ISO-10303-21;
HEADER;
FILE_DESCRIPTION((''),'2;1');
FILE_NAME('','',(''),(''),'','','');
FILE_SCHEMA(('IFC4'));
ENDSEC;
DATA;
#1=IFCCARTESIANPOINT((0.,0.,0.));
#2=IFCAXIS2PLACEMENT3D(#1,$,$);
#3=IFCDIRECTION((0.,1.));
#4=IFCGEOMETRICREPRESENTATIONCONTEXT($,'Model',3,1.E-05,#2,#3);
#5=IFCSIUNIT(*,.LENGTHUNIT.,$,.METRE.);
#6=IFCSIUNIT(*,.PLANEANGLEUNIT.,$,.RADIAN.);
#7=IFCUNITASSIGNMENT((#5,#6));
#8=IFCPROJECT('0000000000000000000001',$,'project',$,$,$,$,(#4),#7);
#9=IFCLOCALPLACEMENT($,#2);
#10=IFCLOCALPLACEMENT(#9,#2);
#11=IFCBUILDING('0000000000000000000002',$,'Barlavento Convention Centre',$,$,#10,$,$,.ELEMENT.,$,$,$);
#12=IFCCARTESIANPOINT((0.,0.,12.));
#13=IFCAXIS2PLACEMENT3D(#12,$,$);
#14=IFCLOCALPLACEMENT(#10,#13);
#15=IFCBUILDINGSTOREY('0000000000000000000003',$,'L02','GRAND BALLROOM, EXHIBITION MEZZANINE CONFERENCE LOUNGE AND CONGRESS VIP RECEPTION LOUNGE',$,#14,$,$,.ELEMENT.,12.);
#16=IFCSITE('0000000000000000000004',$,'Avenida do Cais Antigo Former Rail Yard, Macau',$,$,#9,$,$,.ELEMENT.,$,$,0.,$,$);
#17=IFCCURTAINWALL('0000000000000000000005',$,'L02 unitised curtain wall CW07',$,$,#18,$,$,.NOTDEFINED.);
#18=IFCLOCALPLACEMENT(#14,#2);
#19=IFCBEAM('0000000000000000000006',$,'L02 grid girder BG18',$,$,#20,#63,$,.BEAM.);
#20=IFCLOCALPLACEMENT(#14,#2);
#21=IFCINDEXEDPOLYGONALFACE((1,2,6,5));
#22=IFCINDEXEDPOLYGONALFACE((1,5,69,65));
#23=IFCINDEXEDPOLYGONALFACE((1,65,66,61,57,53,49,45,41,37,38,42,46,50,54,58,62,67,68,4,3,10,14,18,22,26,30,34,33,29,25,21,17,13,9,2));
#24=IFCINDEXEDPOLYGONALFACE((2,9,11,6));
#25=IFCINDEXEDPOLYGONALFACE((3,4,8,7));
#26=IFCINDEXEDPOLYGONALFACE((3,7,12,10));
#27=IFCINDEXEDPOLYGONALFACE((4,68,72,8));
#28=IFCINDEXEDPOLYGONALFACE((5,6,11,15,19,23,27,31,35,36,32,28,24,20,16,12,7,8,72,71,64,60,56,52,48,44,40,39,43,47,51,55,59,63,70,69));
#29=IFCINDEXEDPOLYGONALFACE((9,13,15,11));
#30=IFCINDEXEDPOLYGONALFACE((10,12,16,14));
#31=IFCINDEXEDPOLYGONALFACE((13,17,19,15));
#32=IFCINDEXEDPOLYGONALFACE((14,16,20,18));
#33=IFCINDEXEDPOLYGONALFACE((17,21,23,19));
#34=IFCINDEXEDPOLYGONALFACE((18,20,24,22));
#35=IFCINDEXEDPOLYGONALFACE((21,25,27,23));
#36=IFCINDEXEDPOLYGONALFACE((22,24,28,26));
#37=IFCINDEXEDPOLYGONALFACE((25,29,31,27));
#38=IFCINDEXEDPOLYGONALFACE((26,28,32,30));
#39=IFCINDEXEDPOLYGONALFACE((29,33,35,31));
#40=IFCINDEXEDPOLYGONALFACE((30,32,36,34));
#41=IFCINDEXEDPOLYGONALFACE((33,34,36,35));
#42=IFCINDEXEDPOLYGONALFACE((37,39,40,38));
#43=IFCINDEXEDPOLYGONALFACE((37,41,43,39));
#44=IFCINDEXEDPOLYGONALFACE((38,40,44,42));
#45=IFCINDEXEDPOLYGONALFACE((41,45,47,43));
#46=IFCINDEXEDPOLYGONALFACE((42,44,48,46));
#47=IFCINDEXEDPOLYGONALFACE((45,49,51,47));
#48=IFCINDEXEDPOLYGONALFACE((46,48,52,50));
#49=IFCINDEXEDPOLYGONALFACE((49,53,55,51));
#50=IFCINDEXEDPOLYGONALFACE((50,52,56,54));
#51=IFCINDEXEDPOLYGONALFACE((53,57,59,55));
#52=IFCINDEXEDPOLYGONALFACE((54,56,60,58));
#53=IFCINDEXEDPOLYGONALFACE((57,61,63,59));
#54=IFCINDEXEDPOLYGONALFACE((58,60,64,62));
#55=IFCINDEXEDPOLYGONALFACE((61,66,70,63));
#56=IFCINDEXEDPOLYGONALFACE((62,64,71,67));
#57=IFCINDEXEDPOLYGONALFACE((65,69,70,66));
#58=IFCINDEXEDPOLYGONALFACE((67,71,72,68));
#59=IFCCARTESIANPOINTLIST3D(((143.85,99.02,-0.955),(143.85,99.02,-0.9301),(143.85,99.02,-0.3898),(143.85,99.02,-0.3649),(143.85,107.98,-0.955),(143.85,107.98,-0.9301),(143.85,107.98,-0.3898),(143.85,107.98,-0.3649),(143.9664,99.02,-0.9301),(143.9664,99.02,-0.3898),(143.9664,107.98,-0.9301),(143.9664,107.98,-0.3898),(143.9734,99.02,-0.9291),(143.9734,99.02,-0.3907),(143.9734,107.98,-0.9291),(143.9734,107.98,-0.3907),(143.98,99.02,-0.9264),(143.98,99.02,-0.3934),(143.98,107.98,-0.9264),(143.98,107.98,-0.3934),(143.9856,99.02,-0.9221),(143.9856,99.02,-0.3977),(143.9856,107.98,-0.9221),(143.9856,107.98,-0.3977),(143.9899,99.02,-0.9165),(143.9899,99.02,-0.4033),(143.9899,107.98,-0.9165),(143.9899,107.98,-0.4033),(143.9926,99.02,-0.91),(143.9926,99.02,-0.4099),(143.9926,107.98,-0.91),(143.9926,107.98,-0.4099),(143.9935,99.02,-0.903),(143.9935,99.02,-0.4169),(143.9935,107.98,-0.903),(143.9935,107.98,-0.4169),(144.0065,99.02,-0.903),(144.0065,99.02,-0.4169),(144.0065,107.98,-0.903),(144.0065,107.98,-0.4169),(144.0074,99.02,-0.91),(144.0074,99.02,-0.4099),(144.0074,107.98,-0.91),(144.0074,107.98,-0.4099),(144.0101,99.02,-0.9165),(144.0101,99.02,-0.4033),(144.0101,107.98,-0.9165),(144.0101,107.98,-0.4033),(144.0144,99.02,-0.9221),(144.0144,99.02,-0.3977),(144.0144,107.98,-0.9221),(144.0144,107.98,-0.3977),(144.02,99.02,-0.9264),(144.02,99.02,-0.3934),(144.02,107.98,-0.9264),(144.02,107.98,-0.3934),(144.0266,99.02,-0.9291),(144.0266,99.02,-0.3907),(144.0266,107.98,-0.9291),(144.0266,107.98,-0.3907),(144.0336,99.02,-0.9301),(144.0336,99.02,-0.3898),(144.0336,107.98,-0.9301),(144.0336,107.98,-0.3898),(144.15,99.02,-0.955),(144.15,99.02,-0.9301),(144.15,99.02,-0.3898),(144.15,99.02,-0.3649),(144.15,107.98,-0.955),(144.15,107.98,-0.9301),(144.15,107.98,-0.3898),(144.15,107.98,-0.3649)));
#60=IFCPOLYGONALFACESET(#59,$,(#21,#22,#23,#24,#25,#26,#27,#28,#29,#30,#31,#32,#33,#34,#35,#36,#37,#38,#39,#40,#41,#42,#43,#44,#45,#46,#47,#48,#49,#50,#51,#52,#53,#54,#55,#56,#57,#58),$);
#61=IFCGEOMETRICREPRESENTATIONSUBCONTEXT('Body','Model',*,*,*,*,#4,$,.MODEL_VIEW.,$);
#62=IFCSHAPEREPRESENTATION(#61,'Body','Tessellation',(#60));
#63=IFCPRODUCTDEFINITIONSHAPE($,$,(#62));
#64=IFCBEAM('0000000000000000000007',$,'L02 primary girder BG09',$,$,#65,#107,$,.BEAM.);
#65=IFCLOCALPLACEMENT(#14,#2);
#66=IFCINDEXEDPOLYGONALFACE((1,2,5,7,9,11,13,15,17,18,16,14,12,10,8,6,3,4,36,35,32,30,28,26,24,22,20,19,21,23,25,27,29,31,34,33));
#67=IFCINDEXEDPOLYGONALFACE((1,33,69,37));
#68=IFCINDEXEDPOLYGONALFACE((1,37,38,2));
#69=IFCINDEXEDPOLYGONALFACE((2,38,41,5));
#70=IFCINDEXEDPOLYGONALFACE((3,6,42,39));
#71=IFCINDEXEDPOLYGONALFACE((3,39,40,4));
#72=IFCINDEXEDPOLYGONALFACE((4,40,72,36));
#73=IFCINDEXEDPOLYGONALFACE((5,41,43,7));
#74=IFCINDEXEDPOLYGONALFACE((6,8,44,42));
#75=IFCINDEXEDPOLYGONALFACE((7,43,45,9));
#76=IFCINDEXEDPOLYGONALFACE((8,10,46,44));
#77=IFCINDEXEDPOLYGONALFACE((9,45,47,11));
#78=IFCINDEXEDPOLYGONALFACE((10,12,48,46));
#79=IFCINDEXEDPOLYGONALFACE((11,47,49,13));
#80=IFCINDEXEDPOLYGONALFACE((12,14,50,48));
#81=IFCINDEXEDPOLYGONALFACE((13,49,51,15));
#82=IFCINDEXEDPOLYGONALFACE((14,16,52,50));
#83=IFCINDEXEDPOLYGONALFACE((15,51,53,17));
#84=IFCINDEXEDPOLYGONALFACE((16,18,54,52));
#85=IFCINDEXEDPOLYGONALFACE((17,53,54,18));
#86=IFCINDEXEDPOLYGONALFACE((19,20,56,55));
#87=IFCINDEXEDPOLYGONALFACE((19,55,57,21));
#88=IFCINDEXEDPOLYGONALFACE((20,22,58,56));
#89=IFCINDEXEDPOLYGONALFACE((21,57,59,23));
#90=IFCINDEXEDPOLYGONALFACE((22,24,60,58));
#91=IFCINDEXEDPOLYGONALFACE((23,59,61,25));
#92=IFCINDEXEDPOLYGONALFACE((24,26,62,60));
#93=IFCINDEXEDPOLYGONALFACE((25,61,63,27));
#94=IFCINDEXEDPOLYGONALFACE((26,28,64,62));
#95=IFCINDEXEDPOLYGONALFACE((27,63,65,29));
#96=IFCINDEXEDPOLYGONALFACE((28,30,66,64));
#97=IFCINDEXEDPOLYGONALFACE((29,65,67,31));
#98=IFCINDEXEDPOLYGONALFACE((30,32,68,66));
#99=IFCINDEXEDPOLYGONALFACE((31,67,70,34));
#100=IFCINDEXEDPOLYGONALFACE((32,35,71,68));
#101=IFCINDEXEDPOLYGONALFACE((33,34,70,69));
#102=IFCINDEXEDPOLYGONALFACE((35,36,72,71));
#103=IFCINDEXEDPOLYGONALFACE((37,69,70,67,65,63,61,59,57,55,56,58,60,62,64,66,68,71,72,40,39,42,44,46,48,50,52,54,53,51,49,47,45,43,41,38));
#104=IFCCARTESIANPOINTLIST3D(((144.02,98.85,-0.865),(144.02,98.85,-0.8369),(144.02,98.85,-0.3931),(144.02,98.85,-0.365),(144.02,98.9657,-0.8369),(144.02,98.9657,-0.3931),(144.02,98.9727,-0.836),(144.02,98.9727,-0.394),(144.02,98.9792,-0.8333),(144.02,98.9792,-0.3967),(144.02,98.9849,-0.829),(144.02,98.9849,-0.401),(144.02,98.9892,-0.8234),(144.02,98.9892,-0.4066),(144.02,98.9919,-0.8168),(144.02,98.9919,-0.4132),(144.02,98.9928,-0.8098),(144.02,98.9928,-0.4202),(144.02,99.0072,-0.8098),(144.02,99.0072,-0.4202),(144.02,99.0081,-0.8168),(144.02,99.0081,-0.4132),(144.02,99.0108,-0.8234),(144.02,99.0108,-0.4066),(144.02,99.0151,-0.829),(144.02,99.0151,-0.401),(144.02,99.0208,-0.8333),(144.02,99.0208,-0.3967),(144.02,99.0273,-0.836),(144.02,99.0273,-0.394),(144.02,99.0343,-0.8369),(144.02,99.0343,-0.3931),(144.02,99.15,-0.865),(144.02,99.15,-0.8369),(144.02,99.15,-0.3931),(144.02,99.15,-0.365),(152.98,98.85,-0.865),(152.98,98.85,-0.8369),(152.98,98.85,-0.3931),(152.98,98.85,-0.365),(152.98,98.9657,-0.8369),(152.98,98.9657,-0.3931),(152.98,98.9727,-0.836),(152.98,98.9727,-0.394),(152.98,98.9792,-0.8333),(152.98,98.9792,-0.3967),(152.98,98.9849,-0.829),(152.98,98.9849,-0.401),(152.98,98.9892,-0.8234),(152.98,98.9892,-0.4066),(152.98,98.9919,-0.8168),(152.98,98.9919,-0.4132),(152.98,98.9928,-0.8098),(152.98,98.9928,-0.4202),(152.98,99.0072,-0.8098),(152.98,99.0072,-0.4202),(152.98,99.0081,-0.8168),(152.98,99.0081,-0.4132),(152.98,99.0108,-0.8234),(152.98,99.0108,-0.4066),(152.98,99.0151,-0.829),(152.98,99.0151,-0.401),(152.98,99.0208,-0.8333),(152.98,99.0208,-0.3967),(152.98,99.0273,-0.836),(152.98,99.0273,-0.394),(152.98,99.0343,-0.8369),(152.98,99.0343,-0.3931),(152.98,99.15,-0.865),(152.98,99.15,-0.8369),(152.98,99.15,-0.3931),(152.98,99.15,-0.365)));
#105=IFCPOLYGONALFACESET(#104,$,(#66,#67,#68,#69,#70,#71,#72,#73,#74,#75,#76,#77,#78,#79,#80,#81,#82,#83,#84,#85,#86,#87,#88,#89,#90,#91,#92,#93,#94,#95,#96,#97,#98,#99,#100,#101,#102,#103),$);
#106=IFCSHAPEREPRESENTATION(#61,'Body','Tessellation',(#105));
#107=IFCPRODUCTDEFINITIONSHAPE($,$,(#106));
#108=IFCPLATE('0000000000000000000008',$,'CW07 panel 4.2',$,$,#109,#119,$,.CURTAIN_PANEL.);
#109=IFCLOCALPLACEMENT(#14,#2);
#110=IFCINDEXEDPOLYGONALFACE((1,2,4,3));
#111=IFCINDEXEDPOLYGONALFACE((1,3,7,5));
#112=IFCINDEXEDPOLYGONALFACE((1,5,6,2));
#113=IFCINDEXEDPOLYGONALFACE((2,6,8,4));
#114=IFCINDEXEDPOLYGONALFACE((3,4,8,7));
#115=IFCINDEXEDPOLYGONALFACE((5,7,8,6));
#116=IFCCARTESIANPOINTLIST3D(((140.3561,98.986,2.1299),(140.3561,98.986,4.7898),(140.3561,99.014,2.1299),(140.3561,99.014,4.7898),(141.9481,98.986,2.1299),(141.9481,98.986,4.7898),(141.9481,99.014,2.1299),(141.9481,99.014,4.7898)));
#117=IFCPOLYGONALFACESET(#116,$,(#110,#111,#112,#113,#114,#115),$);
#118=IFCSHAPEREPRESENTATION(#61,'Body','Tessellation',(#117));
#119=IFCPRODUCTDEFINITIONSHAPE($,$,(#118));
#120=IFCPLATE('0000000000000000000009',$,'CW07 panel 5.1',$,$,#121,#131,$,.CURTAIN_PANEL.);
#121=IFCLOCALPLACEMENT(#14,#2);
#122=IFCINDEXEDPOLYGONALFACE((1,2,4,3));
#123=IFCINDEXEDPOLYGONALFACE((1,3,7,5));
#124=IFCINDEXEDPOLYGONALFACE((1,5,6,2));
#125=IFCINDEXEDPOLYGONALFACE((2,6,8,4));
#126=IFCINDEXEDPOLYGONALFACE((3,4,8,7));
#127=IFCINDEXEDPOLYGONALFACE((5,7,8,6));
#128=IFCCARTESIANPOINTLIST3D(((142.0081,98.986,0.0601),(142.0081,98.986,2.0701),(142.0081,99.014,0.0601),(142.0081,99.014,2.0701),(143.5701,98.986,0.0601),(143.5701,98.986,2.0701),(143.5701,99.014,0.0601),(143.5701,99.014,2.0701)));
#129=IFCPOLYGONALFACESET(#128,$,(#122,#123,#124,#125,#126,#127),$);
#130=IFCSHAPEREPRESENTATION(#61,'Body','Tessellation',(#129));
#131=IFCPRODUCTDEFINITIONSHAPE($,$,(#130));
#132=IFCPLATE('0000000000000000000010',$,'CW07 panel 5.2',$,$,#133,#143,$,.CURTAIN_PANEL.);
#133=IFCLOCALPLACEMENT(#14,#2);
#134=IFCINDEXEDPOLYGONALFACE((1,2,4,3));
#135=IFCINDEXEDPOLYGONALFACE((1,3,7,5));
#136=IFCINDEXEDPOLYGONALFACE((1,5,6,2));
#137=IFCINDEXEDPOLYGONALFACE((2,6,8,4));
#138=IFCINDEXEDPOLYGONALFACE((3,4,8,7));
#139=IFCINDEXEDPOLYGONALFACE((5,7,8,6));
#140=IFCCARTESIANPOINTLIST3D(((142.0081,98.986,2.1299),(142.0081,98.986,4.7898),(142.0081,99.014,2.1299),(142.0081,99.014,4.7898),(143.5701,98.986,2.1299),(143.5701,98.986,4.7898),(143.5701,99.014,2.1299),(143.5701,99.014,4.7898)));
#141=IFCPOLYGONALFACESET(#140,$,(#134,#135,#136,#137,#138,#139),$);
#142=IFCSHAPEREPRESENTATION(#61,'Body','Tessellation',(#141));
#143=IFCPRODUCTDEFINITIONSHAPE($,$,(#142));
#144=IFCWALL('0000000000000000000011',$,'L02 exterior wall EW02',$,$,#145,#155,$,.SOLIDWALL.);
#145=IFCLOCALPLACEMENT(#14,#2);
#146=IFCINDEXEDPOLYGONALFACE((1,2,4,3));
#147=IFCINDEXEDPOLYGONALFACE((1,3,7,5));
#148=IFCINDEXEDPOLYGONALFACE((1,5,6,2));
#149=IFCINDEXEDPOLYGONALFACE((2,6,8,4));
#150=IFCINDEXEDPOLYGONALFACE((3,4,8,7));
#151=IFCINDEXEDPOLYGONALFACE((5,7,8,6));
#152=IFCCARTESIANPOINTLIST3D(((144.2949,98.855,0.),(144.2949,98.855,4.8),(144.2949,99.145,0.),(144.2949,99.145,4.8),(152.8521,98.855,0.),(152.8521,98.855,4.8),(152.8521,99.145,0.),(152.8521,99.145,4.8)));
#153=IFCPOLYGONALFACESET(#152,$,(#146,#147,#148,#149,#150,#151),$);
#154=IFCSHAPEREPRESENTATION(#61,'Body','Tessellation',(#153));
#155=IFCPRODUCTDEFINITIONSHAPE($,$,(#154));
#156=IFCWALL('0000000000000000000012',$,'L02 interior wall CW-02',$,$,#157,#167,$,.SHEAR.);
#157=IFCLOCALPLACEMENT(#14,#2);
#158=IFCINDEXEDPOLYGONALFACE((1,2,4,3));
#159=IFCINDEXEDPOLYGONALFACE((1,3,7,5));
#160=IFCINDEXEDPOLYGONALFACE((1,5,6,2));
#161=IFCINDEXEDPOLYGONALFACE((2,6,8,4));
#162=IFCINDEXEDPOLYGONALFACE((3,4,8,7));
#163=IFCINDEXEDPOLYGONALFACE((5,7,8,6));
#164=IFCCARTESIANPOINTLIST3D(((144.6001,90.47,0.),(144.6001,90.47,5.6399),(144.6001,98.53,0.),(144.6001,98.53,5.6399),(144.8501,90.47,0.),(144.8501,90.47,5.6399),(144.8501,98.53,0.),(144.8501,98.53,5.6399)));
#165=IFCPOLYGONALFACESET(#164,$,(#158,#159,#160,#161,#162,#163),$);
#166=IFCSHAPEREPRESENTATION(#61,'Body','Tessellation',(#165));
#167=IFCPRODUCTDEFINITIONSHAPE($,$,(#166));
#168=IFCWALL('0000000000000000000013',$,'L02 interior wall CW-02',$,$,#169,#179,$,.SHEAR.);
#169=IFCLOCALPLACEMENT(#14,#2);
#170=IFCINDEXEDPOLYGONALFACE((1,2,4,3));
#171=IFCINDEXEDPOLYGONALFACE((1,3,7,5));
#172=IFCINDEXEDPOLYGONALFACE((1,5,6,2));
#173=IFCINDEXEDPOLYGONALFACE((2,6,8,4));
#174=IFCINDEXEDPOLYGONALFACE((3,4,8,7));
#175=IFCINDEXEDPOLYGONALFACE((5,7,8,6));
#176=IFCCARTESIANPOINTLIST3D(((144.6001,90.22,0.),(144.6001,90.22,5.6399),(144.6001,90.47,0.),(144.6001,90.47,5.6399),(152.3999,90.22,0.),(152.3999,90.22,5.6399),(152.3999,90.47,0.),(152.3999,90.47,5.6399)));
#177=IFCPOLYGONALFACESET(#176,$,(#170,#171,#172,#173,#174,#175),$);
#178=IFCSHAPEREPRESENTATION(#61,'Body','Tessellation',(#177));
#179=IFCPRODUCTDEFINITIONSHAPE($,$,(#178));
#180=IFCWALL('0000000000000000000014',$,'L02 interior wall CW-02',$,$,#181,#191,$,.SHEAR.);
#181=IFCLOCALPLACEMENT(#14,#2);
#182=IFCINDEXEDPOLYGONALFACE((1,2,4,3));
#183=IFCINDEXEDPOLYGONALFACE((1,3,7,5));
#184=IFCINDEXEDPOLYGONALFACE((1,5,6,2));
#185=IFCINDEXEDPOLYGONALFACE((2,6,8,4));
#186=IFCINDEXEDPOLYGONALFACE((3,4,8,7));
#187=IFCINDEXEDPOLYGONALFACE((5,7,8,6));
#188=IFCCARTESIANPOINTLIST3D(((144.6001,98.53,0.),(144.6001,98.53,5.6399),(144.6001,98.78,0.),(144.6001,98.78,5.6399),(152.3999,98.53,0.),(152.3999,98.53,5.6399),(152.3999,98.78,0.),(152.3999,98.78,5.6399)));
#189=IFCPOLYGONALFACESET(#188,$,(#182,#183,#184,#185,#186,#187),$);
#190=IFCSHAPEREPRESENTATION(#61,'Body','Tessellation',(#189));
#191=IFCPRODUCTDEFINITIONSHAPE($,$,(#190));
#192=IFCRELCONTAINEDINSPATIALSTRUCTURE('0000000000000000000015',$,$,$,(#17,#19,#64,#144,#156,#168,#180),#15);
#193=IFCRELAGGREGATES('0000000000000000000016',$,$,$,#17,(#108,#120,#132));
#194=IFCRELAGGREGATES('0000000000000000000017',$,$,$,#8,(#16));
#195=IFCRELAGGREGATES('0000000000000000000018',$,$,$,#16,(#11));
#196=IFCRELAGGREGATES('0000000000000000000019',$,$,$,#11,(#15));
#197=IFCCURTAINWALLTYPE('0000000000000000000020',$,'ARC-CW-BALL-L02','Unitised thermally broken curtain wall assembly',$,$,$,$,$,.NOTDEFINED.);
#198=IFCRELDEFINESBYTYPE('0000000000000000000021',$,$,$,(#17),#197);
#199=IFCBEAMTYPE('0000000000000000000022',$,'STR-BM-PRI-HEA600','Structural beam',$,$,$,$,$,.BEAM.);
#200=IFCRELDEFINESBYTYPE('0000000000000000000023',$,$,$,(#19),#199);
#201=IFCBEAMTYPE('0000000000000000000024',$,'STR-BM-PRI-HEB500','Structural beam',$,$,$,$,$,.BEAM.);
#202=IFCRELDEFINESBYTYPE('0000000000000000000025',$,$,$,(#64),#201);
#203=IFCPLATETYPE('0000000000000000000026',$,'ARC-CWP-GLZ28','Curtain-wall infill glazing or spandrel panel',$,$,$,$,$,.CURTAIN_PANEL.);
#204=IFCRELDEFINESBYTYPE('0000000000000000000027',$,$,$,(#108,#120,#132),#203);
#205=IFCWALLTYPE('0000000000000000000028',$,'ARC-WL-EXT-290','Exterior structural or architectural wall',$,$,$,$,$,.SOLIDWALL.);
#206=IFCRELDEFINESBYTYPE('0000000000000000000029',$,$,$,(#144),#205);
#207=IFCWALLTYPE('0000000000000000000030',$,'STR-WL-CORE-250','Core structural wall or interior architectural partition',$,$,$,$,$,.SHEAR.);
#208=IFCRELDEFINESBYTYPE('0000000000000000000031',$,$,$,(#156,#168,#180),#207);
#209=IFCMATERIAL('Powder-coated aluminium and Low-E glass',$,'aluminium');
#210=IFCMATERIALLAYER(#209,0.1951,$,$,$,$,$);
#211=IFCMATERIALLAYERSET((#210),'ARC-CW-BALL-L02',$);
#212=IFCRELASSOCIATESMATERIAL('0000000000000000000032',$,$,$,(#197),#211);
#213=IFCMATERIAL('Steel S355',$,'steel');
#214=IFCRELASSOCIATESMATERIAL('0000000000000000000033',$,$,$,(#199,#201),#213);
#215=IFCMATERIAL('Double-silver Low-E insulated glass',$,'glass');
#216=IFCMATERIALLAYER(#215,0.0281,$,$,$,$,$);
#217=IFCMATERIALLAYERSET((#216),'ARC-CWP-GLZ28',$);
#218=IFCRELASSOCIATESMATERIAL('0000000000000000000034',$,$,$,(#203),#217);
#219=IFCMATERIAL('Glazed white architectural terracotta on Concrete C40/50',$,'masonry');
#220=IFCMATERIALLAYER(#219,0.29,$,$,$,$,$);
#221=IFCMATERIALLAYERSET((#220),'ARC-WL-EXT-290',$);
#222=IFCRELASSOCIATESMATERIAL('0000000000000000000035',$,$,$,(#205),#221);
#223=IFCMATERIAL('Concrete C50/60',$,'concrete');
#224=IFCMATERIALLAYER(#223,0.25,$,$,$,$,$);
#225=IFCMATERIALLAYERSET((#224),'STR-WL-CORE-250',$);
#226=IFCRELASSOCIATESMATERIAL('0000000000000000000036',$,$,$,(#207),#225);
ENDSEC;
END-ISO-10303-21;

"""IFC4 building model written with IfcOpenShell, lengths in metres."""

from ifc_helpers import new_model, si_unit, direction, frame, frame_2d, origin, origin_2d, place, context, subcontext, project, spatial, rectangle, i_section, extrude, material, layer, layer_set, material_profile, profile_set, type_object, element, aggregate, save


model = new_model("IFC4")

# Units and contexts
model_context = context("Model", 3, precision=1e-05, world=origin(), true_north=direction((0.0, 1.0)))
body_context = subcontext(model_context, "Body", "Model", "MODEL_VIEW")
ifc_project = project(units=[si_unit("LENGTHUNIT", "METRE"), si_unit("PLANEANGLEUNIT", "RADIAN")], contexts=[model_context])

# Site, building, storey
site_placement = place(None, origin())
site = spatial("IfcSite", under=ifc_project, at=site_placement, Name="Avenida do Cais Antigo Former Rail Yard, Macau", CompositionType="ELEMENT", RefElevation=0.0)
building_placement = place(site_placement, origin())
building = spatial("IfcBuilding", under=site, at=building_placement, Name="Barlavento Convention Centre", CompositionType="ELEMENT")
storey_placement = place(building_placement, frame((0.0, 0.0, 12.0)))
storey = spatial("IfcBuildingStorey", under=building, at=storey_placement, Name="L02", Description="GRAND BALLROOM, EXHIBITION MEZZANINE CONFERENCE LOUNGE AND CONGRESS VIP RECEPTION LOUNGE", CompositionType="ELEMENT", Elevation=12.0)

# Curtain wall
ifc_material_1 = material(Name="Powder-coated aluminium and Low-E glass", Category="aluminium")
ifc_layer_1 = layer(ifc_material_1, 0.1951)
ifc_layer_set_1 = layer_set([ifc_layer_1], Name="ARC-CW-BALL-L02")
curtain_wall_type = type_object("IfcCurtainWallType", Name="ARC-CW-BALL-L02", Description="Unitised thermally broken curtain wall assembly", PredefinedType="NOTDEFINED", material=ifc_layer_set_1)
curtain_wall_placement = place(storey_placement, origin())
curtain_wall = element("IfcCurtainWall", 1, at=curtain_wall_placement, inside=storey, type_object=curtain_wall_type, Name="L02 unitised curtain wall CW07", PredefinedType="NOTDEFINED")

# Beams
ifc_material_2 = material(Name="Steel S355", Category="steel")
ifc_material_profile_1 = material_profile(ifc_material_2, i_section(OverallWidth=0.3, OverallDepth=0.5901, WebThickness=0.0129, FlangeThickness=0.0249, FilletRadius=0.0271, at=origin_2d()), Name="HEA 600")
ifc_profile_set_1 = profile_set([ifc_material_profile_1], Name="Steel S355")
beam_type_1 = type_object("IfcBeamType", Name="STR-BM-PRI-HEA600", Description="Structural beam", PredefinedType="BEAM", material=ifc_profile_set_1)
beam_1_placement = place(storey_placement, frame((144.0, 99.02, -0.6599), z_axis=(0.0, 1.0, 0.0), x_axis=(-1.0, 0.0, 0.0)))
element("IfcBeam", 2, at=beam_1_placement, inside=storey, type_object=beam_type_1, Name="L02 grid girder BG18", PredefinedType="BEAM", context=body_context, shape_type="SweptSolid", body=[
    extrude(i_section(OverallWidth=0.3, OverallDepth=0.5901, WebThickness=0.0129, FlangeThickness=0.0249, FilletRadius=0.0271, at=origin_2d()), origin(), (0.0, 0.0, 1.0), 8.96),
])
ifc_material_profile_2 = material_profile(ifc_material_2, i_section(OverallWidth=0.3, OverallDepth=0.5, WebThickness=0.0144, FlangeThickness=0.0281, FilletRadius=0.0271, at=origin_2d()), Name="HEB 500")
ifc_profile_set_2 = profile_set([ifc_material_profile_2], Name="Steel S355")
beam_type_2 = type_object("IfcBeamType", Name="STR-BM-PRI-HEB500", Description="Structural beam", PredefinedType="BEAM", material=ifc_profile_set_2)
beam_2_placement = place(storey_placement, frame((144.02, 99.0, -0.615), z_axis=(1.0, 0.0, 0.0), x_axis=(0.0, 1.0, 0.0)))
element("IfcBeam", 3, at=beam_2_placement, inside=storey, type_object=beam_type_2, Name="L02 primary girder BG09", PredefinedType="BEAM", context=body_context, shape_type="SweptSolid", body=[
    extrude(i_section(OverallWidth=0.3, OverallDepth=0.5, WebThickness=0.0144, FlangeThickness=0.0281, FilletRadius=0.0271, at=origin_2d()), origin(), (0.0, 0.0, 1.0), 8.96),
])

# Plates
ifc_material_3 = material(Name="Double-silver Low-E insulated glass", Category="glass")
ifc_layer_2 = layer(ifc_material_3, 0.0281)
ifc_layer_set_2 = layer_set([ifc_layer_2], Name="ARC-CWP-GLZ28")
plate_type = type_object("IfcPlateType", Name="ARC-CWP-GLZ28", Description="Curtain-wall infill glazing or spandrel panel", PredefinedType="CURTAIN_PANEL", material=ifc_layer_set_2)
plate_1_placement = place(storey_placement, frame((141.1521, 99.0, 2.1299), z_axis=(0.0, 0.0, 1.0), x_axis=(1.0, 0.0, 0.0)))
plate_1 = element("IfcPlate", 4, at=plate_1_placement, type_object=plate_type, Name="CW07 panel 4.2", PredefinedType="CURTAIN_PANEL", context=body_context, shape_type="SweptSolid", body=[
    extrude(rectangle(XDim=1.592, YDim=0.0281, at=origin_2d()), origin(), (0.0, 0.0, 1.0), 2.6599),
])
plate_2_placement = place(storey_placement, frame((142.7891, 99.0, 0.0601), z_axis=(0.0, 0.0, 1.0), x_axis=(1.0, 0.0, 0.0)))
plate_2 = element("IfcPlate", 5, at=plate_2_placement, type_object=plate_type, Name="CW07 panel 5.1", PredefinedType="CURTAIN_PANEL", context=body_context, shape_type="SweptSolid", body=[
    extrude(rectangle(XDim=1.562, YDim=0.0281, at=origin_2d()), origin(), (0.0, 0.0, 1.0), 2.01),
])
plate_3_placement = place(storey_placement, frame((142.7891, 99.0, 2.1299), z_axis=(0.0, 0.0, 1.0), x_axis=(1.0, 0.0, 0.0)))
plate_3 = element("IfcPlate", 6, at=plate_3_placement, type_object=plate_type, Name="CW07 panel 5.2", PredefinedType="CURTAIN_PANEL", context=body_context, shape_type="SweptSolid", body=[
    extrude(rectangle(XDim=1.562, YDim=0.0281, at=origin_2d()), origin(), (0.0, 0.0, 1.0), 2.6599),
])
aggregate(curtain_wall, [plate_1, plate_2, plate_3])

# Walls
ifc_material_4 = material(Name="Glazed white architectural terracotta on Concrete C40/50", Category="masonry")
ifc_layer_3 = layer(ifc_material_4, 0.29)
ifc_layer_set_3 = layer_set([ifc_layer_3], Name="ARC-WL-EXT-290")
wall_type_1 = type_object("IfcWallType", Name="ARC-WL-EXT-290", Description="Exterior structural or architectural wall", PredefinedType="SOLIDWALL", material=ifc_layer_set_3)
wall_1_placement = place(storey_placement, frame((144.2949, 99.0, 0.0), z_axis=(0.0, 0.0, 1.0), x_axis=(1.0, 0.0, 0.0)))
element("IfcWall", 7, at=wall_1_placement, inside=storey, type_object=wall_type_1, Name="L02 exterior wall EW02", PredefinedType="SOLIDWALL", context=body_context, shape_type="SweptSolid", body=[
    extrude(rectangle(XDim=8.5571, YDim=0.29, at=frame_2d((4.2786, 0.0))), origin(), (0.0, 0.0, 1.0), 4.8),
])
ifc_material_5 = material(Name="Concrete C50/60", Category="concrete")
ifc_layer_4 = layer(ifc_material_5, 0.25)
ifc_layer_set_4 = layer_set([ifc_layer_4], Name="STR-WL-CORE-250")
wall_type_2 = type_object("IfcWallType", Name="STR-WL-CORE-250", Description="Core structural wall or interior architectural partition", PredefinedType="SHEAR", material=ifc_layer_set_4)
wall_2_placement = place(storey_placement, frame((144.7251, 90.47, 0.0), z_axis=(0.0, 0.0, 1.0), x_axis=(0.0, 1.0, 0.0)))
element("IfcWall", 8, at=wall_2_placement, inside=storey, type_object=wall_type_2, Name="L02 interior wall CW-02", PredefinedType="SHEAR", context=body_context, shape_type="SweptSolid", body=[
    extrude(rectangle(XDim=8.0601, YDim=0.25, at=frame_2d((4.03, 0.0))), origin(), (0.0, 0.0, 1.0), 5.6399),
])
for number, where, z_axis, x_axis, name in (
    (9, (144.6001, 90.345, 0.0), (0.0, 0.0, 1.0), (1.0, 0.0, 0.0), "L02 interior wall CW-02"),
    (10, (144.6001, 98.655, 0.0), (0.0, 0.0, 1.0), (1.0, 0.0, 0.0), "L02 interior wall CW-02"),
):
    element("IfcWall", number, at=place(storey_placement, frame(where, z_axis=z_axis, x_axis=x_axis)), inside=storey, type_object=wall_type_2, Name=name, PredefinedType="SHEAR", context=body_context, shape_type="SweptSolid", body=[
        extrude(rectangle(XDim=7.7998, YDim=0.25, at=frame_2d((3.8999, 0.0))), origin(), (0.0, 0.0, 1.0), 5.6399),
    ])

save(model, "model.ifc")
